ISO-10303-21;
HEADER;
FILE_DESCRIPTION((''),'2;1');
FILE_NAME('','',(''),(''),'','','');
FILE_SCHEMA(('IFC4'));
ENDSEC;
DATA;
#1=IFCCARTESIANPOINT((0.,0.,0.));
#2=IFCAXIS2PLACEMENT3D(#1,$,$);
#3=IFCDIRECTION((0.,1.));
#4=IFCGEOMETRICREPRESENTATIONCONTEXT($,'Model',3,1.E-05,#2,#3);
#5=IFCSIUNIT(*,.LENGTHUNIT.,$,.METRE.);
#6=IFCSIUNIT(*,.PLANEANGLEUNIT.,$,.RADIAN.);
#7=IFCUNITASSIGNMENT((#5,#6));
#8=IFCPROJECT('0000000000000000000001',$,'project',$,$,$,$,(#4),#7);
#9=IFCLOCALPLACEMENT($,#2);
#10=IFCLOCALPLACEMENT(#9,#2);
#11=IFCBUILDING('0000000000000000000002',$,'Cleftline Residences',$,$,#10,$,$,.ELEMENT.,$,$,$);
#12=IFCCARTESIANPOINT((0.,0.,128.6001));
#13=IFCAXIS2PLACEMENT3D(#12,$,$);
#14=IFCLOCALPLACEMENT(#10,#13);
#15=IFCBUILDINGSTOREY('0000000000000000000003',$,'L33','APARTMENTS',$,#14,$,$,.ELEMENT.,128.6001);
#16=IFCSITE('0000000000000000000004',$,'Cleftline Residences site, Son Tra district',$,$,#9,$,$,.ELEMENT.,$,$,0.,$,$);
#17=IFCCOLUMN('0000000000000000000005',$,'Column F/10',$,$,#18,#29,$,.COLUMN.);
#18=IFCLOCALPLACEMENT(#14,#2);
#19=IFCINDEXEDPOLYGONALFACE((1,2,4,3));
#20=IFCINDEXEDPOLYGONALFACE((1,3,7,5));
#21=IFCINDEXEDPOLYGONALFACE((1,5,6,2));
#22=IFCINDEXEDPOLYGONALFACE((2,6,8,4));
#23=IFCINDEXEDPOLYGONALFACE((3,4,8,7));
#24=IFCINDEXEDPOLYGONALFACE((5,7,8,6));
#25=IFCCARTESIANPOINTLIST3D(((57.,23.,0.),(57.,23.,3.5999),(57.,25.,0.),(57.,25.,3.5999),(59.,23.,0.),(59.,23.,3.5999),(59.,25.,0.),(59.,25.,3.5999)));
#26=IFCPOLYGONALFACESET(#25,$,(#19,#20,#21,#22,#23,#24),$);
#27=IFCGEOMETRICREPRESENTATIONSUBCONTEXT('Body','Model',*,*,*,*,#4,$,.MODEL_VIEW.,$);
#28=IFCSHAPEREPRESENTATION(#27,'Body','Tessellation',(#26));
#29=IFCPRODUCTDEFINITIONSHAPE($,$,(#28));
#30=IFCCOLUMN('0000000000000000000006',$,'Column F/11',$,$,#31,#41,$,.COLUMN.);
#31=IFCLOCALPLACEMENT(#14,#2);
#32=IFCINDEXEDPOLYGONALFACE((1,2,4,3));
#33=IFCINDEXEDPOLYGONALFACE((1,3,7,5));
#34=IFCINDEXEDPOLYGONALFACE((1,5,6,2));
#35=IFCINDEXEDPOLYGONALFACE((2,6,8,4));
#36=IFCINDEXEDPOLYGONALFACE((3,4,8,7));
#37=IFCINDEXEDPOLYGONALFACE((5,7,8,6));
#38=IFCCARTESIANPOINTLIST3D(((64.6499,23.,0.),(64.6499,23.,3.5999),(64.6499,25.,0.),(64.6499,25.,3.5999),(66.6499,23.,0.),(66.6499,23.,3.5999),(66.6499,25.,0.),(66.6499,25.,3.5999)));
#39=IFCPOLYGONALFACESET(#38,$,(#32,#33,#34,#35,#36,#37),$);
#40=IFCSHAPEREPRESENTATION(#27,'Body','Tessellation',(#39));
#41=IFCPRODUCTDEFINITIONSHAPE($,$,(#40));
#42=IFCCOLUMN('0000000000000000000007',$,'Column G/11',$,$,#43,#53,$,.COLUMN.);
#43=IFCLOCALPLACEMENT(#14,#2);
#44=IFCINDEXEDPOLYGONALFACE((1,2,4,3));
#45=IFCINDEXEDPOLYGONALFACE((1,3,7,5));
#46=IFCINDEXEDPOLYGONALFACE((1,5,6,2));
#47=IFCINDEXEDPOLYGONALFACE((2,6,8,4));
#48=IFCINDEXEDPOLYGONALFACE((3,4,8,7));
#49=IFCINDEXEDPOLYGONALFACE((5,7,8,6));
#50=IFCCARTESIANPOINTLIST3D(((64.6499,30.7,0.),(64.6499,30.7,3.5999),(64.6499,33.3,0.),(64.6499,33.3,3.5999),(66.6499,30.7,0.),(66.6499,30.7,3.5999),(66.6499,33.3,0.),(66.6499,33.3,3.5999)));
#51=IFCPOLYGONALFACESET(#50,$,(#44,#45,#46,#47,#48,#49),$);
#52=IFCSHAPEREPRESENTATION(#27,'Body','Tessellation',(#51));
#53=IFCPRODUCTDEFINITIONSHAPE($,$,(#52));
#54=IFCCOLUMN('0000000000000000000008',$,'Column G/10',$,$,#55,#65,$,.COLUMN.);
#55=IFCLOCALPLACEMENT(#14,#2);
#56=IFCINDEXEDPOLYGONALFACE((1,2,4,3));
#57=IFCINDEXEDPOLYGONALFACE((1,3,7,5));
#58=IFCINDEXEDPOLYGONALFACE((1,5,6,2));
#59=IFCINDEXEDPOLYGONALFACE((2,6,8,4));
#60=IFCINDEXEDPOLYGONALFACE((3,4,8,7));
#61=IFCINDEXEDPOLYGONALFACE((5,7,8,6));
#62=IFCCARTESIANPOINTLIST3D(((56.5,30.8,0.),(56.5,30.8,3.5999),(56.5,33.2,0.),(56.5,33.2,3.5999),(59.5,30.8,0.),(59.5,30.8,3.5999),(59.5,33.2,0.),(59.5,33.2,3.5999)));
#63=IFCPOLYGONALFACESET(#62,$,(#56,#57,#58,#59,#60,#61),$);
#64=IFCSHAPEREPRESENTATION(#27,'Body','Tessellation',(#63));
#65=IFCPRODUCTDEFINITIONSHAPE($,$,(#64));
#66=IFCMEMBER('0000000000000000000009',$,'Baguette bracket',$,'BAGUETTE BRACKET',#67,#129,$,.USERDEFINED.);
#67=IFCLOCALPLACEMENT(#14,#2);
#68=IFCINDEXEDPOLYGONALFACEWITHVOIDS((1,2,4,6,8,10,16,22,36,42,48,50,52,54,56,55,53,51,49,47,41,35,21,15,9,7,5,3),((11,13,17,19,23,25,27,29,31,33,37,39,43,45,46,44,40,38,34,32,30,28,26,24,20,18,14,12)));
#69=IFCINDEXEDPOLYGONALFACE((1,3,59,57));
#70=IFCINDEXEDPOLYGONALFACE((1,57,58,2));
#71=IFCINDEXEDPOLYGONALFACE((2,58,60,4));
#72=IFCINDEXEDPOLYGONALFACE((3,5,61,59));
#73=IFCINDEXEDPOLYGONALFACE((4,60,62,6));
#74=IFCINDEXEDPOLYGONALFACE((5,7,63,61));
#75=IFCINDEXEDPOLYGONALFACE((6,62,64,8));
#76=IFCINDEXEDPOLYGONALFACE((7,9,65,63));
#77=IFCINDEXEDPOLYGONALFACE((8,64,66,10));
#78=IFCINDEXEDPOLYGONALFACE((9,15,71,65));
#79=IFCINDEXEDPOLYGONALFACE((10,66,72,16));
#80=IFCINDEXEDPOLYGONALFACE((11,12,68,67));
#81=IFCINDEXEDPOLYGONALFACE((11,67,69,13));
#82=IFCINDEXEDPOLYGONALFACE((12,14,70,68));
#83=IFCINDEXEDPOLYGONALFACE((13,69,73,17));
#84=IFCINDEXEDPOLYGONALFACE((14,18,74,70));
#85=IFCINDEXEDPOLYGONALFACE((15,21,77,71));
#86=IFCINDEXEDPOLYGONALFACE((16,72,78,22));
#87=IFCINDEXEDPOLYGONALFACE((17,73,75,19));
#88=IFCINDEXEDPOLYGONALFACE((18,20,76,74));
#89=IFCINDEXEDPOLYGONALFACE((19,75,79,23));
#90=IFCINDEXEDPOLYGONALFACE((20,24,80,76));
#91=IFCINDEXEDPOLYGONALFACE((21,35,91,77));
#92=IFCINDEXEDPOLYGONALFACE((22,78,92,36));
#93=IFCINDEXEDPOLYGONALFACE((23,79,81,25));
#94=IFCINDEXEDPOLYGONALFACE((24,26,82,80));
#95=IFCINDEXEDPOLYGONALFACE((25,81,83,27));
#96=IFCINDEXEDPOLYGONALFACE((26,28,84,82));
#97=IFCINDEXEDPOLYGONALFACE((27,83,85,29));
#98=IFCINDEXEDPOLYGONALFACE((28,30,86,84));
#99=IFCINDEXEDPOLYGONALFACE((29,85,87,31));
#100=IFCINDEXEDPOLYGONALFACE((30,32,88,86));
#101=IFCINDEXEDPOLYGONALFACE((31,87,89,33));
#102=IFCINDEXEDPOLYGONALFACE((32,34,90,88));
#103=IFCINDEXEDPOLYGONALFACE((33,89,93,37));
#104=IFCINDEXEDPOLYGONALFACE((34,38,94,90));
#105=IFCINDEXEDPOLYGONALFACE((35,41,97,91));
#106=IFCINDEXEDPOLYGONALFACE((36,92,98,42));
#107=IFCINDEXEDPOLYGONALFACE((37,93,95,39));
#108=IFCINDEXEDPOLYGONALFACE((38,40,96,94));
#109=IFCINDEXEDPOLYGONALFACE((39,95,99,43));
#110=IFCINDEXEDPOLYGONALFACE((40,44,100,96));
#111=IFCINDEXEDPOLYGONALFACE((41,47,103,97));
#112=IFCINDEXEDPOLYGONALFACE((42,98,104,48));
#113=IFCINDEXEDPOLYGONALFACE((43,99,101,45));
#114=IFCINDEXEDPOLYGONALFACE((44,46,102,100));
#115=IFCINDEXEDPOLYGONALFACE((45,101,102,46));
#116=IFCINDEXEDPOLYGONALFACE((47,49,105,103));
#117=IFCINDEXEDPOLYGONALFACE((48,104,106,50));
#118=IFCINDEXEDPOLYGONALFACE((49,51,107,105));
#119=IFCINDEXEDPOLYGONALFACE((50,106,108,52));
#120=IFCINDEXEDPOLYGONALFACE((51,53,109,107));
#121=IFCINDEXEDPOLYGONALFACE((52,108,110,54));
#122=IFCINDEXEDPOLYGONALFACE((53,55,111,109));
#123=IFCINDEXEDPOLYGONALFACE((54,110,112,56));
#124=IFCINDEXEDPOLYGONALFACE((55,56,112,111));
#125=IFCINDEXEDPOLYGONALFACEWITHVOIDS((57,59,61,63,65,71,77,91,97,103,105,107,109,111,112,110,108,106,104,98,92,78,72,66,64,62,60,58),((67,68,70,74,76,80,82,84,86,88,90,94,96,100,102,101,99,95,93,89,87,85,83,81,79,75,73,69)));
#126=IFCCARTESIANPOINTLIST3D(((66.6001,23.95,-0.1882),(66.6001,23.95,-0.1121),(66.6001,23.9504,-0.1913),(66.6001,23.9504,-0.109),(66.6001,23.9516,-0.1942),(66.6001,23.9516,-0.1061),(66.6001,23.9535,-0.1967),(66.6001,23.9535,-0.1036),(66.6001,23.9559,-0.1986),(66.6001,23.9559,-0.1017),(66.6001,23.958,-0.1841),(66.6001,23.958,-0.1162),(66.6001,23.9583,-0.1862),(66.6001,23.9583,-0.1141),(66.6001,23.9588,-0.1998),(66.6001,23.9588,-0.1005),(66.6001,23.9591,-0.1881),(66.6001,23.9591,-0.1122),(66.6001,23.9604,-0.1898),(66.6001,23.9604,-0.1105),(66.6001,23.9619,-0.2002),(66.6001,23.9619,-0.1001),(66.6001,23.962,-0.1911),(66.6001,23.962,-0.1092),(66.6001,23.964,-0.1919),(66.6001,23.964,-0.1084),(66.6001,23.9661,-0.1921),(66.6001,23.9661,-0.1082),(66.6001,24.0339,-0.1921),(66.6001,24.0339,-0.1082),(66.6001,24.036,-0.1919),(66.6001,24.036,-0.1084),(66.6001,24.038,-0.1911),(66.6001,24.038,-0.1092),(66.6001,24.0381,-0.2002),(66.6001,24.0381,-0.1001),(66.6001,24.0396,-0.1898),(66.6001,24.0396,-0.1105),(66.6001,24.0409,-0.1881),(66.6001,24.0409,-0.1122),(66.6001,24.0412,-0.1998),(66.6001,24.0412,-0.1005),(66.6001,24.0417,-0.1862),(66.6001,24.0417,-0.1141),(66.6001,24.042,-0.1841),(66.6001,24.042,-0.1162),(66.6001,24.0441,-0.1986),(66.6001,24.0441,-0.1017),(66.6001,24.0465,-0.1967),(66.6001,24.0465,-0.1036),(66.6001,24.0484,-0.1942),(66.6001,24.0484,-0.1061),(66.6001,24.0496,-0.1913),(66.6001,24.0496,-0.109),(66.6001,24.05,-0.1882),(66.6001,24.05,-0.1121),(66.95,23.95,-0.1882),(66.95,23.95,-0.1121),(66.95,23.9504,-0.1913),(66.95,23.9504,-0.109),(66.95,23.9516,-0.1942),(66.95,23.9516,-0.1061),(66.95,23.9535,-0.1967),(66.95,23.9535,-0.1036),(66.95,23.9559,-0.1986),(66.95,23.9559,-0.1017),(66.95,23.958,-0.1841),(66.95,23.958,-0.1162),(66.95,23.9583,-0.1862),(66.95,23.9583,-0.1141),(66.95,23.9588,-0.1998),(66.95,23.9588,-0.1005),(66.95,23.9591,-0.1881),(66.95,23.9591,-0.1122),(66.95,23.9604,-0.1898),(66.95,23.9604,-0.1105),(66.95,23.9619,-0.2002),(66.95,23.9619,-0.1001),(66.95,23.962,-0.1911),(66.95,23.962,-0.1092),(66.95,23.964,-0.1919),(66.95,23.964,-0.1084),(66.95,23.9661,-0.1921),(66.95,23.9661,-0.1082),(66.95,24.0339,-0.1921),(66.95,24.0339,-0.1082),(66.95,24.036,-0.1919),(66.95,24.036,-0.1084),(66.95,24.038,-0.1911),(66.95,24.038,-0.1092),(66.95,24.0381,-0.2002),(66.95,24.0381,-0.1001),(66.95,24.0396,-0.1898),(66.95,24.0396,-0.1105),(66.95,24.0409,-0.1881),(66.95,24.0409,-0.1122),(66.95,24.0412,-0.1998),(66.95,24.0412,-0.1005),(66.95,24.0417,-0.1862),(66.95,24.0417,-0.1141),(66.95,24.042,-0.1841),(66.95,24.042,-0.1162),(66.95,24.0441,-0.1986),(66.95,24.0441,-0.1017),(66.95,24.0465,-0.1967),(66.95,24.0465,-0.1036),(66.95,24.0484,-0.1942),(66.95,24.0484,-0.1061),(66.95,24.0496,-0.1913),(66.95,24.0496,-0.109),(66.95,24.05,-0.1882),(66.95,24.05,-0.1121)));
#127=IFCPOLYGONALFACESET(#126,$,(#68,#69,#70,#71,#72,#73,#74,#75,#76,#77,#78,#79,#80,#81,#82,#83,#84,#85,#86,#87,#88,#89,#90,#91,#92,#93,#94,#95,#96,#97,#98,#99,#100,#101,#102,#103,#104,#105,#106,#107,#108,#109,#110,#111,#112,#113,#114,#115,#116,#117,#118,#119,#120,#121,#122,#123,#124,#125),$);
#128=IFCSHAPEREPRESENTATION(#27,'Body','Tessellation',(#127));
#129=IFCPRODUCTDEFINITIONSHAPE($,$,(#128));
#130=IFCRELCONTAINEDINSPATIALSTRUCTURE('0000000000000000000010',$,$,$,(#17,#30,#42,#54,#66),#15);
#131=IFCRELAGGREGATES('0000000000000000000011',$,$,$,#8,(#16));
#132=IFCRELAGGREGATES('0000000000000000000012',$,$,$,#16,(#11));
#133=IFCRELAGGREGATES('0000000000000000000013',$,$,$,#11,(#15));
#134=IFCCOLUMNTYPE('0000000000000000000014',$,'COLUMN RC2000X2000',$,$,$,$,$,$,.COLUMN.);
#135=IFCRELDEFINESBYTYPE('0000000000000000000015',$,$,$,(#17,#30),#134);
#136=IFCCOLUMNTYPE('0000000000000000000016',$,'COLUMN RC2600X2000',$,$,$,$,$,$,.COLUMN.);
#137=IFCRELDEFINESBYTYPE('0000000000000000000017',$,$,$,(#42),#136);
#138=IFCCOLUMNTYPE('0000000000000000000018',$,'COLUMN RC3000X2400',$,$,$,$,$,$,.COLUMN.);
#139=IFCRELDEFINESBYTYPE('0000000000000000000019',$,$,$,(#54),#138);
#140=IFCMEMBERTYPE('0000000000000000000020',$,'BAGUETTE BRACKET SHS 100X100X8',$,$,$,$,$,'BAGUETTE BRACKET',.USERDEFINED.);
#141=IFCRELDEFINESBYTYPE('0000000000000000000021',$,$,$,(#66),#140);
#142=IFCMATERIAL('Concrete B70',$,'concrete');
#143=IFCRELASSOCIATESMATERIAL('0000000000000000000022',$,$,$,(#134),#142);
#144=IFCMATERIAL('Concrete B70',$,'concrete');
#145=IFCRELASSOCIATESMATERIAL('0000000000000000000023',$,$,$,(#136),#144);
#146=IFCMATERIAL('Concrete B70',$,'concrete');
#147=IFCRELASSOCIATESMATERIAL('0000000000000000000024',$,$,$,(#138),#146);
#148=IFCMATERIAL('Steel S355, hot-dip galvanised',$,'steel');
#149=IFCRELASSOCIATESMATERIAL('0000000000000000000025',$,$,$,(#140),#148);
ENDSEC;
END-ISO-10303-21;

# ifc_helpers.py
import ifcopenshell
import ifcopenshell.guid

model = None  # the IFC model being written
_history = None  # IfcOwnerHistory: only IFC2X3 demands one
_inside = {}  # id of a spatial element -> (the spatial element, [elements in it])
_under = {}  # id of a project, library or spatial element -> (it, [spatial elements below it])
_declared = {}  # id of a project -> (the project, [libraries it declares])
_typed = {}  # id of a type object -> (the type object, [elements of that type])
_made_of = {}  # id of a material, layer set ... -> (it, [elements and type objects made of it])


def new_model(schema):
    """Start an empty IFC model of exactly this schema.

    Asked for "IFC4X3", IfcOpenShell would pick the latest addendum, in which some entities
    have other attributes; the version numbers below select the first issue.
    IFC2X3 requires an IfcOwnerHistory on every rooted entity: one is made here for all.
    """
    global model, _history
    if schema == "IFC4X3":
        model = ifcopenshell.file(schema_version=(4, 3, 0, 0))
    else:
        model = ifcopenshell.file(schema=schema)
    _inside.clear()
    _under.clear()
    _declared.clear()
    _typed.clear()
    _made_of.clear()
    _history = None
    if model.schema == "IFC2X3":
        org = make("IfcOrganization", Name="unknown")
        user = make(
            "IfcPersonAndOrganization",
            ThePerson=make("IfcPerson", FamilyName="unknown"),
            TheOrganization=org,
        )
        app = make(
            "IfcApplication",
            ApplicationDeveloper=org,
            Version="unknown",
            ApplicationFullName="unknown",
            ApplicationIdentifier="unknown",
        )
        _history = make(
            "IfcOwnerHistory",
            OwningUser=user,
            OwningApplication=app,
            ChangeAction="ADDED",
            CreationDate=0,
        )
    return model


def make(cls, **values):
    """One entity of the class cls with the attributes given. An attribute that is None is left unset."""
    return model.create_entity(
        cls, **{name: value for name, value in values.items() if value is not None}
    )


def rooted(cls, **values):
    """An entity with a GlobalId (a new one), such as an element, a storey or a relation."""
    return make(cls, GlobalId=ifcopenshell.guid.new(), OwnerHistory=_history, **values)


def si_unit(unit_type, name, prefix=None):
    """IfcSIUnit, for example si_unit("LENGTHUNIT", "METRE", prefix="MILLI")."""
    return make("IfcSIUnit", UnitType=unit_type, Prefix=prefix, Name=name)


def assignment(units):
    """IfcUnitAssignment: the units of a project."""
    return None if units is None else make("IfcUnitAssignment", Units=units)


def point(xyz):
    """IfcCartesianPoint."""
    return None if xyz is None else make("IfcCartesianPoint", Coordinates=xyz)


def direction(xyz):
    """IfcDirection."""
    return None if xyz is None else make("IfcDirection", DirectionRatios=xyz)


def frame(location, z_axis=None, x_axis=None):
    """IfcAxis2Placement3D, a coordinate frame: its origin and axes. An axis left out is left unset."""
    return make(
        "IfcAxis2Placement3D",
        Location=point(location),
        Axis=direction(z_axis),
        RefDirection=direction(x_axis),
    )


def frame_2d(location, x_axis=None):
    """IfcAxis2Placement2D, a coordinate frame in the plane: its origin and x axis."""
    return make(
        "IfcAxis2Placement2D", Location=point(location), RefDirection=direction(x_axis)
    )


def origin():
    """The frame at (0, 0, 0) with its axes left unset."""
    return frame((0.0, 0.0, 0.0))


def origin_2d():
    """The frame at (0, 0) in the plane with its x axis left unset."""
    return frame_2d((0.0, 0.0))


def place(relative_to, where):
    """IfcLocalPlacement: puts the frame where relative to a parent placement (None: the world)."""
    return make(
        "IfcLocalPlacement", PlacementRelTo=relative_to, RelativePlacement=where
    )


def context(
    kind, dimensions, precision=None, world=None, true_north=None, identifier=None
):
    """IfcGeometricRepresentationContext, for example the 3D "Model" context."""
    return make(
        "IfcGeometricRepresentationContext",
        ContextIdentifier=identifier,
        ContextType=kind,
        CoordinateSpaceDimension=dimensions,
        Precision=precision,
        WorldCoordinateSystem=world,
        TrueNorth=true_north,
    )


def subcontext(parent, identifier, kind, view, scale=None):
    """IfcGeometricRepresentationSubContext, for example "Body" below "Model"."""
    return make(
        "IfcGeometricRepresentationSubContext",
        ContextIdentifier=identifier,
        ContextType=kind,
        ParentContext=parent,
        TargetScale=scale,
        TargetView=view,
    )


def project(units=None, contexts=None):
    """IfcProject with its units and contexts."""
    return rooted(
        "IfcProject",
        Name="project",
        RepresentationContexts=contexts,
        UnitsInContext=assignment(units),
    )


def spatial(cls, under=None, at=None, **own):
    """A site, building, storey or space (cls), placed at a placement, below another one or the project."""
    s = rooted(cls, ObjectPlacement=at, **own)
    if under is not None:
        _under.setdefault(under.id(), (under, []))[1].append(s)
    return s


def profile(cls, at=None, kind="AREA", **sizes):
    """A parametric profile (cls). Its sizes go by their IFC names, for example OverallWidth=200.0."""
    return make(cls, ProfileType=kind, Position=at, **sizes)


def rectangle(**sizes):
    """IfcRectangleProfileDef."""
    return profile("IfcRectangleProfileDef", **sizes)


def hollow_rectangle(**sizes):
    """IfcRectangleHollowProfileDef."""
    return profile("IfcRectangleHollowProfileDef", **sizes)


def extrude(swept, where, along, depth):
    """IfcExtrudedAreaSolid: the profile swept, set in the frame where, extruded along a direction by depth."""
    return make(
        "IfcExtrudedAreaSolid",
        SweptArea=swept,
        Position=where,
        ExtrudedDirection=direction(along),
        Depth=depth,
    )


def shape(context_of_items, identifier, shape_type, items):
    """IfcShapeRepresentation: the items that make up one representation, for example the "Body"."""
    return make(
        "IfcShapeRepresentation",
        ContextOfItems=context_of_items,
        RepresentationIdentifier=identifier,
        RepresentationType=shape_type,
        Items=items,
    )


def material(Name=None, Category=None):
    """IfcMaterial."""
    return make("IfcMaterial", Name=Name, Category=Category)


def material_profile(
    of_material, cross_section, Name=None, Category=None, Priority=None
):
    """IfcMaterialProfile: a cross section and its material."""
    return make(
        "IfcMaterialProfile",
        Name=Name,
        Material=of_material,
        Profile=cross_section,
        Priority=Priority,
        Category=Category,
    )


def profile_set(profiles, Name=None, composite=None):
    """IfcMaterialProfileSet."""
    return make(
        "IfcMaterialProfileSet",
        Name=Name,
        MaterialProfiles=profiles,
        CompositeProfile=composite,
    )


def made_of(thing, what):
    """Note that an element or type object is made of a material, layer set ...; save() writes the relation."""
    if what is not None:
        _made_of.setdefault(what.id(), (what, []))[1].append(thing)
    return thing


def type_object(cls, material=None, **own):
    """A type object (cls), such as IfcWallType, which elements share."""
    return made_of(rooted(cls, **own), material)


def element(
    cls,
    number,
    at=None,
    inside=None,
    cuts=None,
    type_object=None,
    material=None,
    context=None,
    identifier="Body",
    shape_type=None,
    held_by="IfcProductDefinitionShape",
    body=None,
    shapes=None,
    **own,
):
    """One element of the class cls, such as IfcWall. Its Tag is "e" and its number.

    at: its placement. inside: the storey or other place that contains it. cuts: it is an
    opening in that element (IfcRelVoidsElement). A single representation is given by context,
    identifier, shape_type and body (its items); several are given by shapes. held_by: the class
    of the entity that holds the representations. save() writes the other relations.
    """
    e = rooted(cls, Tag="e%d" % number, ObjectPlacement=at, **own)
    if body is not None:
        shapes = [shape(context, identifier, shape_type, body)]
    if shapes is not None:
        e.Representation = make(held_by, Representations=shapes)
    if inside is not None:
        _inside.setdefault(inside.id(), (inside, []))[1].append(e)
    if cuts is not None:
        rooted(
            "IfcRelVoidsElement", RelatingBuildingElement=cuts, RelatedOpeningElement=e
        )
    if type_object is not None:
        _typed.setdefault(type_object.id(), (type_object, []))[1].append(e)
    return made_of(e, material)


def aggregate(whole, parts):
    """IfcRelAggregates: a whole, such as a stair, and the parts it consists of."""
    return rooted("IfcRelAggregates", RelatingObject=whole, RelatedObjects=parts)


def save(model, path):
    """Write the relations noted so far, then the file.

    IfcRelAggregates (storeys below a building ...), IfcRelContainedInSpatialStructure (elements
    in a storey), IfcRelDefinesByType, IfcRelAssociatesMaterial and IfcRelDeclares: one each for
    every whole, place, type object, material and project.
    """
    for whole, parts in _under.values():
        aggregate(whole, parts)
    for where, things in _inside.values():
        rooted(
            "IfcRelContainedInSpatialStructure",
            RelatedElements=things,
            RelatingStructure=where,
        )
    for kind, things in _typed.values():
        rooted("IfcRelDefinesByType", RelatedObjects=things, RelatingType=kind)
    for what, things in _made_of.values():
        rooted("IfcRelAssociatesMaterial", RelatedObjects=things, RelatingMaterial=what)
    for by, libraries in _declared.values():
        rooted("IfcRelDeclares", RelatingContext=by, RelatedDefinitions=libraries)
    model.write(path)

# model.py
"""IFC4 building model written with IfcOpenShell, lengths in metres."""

from ifc_helpers import new_model, si_unit, direction, frame, origin, origin_2d, place, context, subcontext, project, spatial, rectangle, hollow_rectangle, extrude, material, material_profile, profile_set, type_object, element, save


model = new_model("IFC4")

# Units and contexts
model_context = context("Model", 3, precision=1e-05, world=origin(), true_north=direction((0.0, 1.0)))
body_context = subcontext(model_context, "Body", "Model", "MODEL_VIEW")
ifc_project = project(units=[si_unit("LENGTHUNIT", "METRE"), si_unit("PLANEANGLEUNIT", "RADIAN")], contexts=[model_context])

# Site, building, storey
site_placement = place(None, origin())
site = spatial("IfcSite", under=ifc_project, at=site_placement, Name="Cleftline Residences site, Son Tra district", CompositionType="ELEMENT", RefElevation=0.0)
building_placement = place(site_placement, origin())
building = spatial("IfcBuilding", under=site, at=building_placement, Name="Cleftline Residences", CompositionType="ELEMENT")
storey_placement = place(building_placement, frame((0.0, 0.0, 128.6001)))
storey = spatial("IfcBuildingStorey", under=building, at=storey_placement, Name="L33", Description="APARTMENTS", CompositionType="ELEMENT", Elevation=128.6001)

# Columns
ifc_material_1 = material(Name="Concrete B70", Category="concrete")
ifc_material_profile_1 = material_profile(ifc_material_1, rectangle(XDim=2.0, YDim=2.0, at=origin_2d()))
ifc_profile_set_1 = profile_set([ifc_material_profile_1], Name="Concrete B70")
column_type_1 = type_object("IfcColumnType", Name="COLUMN RC2000X2000", PredefinedType="COLUMN", material=ifc_profile_set_1)
for number, where, z_axis, x_axis, name in (
    (1, (58.0, 24.0, 0.0), (0.0, 0.0, 1.0), (1.0, 0.0, 0.0), "Column F/10"),
    (2, (65.6499, 24.0, 0.0), (0.0, 0.0, 1.0), (1.0, 0.0, 0.0), "Column F/11"),
):
    element("IfcColumn", number, at=place(storey_placement, frame(where, z_axis=z_axis, x_axis=x_axis)), inside=storey, type_object=column_type_1, Name=name, PredefinedType="COLUMN", context=body_context, shape_type="SweptSolid", body=[
        extrude(rectangle(XDim=2.0, YDim=2.0, at=origin_2d()), origin(), (0.0, 0.0, 1.0), 3.5999),
    ])
ifc_material_2 = material(Name="Concrete B70", Category="concrete")
ifc_material_profile_2 = material_profile(ifc_material_2, rectangle(XDim=2.6001, YDim=2.0, at=origin_2d()))
ifc_profile_set_2 = profile_set([ifc_material_profile_2], Name="Concrete B70")
column_type_2 = type_object("IfcColumnType", Name="COLUMN RC2600X2000", PredefinedType="COLUMN", material=ifc_profile_set_2)
column_1_placement = place(storey_placement, frame((65.6499, 32.0, 0.0), z_axis=(0.0, 0.0, 1.0), x_axis=(0.0, 1.0, 0.0)))
element("IfcColumn", 3, at=column_1_placement, inside=storey, type_object=column_type_2, Name="Column G/11", PredefinedType="COLUMN", context=body_context, shape_type="SweptSolid", body=[
    extrude(rectangle(XDim=2.6001, YDim=2.0, at=origin_2d()), origin(), (0.0, 0.0, 1.0), 3.5999),
])
ifc_material_3 = material(Name="Concrete B70", Category="concrete")
ifc_material_profile_3 = material_profile(ifc_material_3, rectangle(XDim=3.0, YDim=2.3999, at=origin_2d()))
ifc_profile_set_3 = profile_set([ifc_material_profile_3], Name="Concrete B70")
column_type_3 = type_object("IfcColumnType", Name="COLUMN RC3000X2400", PredefinedType="COLUMN", material=ifc_profile_set_3)
column_2_placement = place(storey_placement, frame((58.0, 32.0, 0.0), z_axis=(0.0, 0.0, 1.0), x_axis=(1.0, 0.0, 0.0)))
element("IfcColumn", 4, at=column_2_placement, inside=storey, type_object=column_type_3, Name="Column G/10", PredefinedType="COLUMN", context=body_context, shape_type="SweptSolid", body=[
    extrude(rectangle(XDim=3.0, YDim=2.3999, at=origin_2d()), origin(), (0.0, 0.0, 1.0), 3.5999),
])

# Member
ifc_material_4 = material(Name="Steel S355, hot-dip galvanised", Category="steel")
ifc_material_profile_4 = material_profile(ifc_material_4, hollow_rectangle(XDim=0.1001, YDim=0.1001, WallThickness=0.0081, InnerFilletRadius=0.0081, OuterFilletRadius=0.012, at=origin_2d()))
ifc_profile_set_4 = profile_set([ifc_material_profile_4], Name="Steel S355, hot-dip galvanised")
member_type_1 = type_object("IfcMemberType", Name="BAGUETTE BRACKET SHS 100X100X8", ElementType="BAGUETTE BRACKET", PredefinedType="USERDEFINED", material=ifc_profile_set_4)
member_1_placement = place(storey_placement, frame((66.6001, 24.0, -0.1501), z_axis=(1.0, 0.0, 0.0), x_axis=(0.0, 1.0, 0.0)))
element("IfcMember", 5, at=member_1_placement, inside=storey, type_object=member_type_1, Name="Baguette bracket", ObjectType="BAGUETTE BRACKET", PredefinedType="USERDEFINED", context=body_context, shape_type="SweptSolid", body=[
    extrude(hollow_rectangle(XDim=0.1001, YDim=0.1001, WallThickness=0.0081, InnerFilletRadius=0.0081, OuterFilletRadius=0.012, at=origin_2d()), origin(), (0.0, 0.0, 1.0), 0.3499),
])

save(model, "model.ifc")
